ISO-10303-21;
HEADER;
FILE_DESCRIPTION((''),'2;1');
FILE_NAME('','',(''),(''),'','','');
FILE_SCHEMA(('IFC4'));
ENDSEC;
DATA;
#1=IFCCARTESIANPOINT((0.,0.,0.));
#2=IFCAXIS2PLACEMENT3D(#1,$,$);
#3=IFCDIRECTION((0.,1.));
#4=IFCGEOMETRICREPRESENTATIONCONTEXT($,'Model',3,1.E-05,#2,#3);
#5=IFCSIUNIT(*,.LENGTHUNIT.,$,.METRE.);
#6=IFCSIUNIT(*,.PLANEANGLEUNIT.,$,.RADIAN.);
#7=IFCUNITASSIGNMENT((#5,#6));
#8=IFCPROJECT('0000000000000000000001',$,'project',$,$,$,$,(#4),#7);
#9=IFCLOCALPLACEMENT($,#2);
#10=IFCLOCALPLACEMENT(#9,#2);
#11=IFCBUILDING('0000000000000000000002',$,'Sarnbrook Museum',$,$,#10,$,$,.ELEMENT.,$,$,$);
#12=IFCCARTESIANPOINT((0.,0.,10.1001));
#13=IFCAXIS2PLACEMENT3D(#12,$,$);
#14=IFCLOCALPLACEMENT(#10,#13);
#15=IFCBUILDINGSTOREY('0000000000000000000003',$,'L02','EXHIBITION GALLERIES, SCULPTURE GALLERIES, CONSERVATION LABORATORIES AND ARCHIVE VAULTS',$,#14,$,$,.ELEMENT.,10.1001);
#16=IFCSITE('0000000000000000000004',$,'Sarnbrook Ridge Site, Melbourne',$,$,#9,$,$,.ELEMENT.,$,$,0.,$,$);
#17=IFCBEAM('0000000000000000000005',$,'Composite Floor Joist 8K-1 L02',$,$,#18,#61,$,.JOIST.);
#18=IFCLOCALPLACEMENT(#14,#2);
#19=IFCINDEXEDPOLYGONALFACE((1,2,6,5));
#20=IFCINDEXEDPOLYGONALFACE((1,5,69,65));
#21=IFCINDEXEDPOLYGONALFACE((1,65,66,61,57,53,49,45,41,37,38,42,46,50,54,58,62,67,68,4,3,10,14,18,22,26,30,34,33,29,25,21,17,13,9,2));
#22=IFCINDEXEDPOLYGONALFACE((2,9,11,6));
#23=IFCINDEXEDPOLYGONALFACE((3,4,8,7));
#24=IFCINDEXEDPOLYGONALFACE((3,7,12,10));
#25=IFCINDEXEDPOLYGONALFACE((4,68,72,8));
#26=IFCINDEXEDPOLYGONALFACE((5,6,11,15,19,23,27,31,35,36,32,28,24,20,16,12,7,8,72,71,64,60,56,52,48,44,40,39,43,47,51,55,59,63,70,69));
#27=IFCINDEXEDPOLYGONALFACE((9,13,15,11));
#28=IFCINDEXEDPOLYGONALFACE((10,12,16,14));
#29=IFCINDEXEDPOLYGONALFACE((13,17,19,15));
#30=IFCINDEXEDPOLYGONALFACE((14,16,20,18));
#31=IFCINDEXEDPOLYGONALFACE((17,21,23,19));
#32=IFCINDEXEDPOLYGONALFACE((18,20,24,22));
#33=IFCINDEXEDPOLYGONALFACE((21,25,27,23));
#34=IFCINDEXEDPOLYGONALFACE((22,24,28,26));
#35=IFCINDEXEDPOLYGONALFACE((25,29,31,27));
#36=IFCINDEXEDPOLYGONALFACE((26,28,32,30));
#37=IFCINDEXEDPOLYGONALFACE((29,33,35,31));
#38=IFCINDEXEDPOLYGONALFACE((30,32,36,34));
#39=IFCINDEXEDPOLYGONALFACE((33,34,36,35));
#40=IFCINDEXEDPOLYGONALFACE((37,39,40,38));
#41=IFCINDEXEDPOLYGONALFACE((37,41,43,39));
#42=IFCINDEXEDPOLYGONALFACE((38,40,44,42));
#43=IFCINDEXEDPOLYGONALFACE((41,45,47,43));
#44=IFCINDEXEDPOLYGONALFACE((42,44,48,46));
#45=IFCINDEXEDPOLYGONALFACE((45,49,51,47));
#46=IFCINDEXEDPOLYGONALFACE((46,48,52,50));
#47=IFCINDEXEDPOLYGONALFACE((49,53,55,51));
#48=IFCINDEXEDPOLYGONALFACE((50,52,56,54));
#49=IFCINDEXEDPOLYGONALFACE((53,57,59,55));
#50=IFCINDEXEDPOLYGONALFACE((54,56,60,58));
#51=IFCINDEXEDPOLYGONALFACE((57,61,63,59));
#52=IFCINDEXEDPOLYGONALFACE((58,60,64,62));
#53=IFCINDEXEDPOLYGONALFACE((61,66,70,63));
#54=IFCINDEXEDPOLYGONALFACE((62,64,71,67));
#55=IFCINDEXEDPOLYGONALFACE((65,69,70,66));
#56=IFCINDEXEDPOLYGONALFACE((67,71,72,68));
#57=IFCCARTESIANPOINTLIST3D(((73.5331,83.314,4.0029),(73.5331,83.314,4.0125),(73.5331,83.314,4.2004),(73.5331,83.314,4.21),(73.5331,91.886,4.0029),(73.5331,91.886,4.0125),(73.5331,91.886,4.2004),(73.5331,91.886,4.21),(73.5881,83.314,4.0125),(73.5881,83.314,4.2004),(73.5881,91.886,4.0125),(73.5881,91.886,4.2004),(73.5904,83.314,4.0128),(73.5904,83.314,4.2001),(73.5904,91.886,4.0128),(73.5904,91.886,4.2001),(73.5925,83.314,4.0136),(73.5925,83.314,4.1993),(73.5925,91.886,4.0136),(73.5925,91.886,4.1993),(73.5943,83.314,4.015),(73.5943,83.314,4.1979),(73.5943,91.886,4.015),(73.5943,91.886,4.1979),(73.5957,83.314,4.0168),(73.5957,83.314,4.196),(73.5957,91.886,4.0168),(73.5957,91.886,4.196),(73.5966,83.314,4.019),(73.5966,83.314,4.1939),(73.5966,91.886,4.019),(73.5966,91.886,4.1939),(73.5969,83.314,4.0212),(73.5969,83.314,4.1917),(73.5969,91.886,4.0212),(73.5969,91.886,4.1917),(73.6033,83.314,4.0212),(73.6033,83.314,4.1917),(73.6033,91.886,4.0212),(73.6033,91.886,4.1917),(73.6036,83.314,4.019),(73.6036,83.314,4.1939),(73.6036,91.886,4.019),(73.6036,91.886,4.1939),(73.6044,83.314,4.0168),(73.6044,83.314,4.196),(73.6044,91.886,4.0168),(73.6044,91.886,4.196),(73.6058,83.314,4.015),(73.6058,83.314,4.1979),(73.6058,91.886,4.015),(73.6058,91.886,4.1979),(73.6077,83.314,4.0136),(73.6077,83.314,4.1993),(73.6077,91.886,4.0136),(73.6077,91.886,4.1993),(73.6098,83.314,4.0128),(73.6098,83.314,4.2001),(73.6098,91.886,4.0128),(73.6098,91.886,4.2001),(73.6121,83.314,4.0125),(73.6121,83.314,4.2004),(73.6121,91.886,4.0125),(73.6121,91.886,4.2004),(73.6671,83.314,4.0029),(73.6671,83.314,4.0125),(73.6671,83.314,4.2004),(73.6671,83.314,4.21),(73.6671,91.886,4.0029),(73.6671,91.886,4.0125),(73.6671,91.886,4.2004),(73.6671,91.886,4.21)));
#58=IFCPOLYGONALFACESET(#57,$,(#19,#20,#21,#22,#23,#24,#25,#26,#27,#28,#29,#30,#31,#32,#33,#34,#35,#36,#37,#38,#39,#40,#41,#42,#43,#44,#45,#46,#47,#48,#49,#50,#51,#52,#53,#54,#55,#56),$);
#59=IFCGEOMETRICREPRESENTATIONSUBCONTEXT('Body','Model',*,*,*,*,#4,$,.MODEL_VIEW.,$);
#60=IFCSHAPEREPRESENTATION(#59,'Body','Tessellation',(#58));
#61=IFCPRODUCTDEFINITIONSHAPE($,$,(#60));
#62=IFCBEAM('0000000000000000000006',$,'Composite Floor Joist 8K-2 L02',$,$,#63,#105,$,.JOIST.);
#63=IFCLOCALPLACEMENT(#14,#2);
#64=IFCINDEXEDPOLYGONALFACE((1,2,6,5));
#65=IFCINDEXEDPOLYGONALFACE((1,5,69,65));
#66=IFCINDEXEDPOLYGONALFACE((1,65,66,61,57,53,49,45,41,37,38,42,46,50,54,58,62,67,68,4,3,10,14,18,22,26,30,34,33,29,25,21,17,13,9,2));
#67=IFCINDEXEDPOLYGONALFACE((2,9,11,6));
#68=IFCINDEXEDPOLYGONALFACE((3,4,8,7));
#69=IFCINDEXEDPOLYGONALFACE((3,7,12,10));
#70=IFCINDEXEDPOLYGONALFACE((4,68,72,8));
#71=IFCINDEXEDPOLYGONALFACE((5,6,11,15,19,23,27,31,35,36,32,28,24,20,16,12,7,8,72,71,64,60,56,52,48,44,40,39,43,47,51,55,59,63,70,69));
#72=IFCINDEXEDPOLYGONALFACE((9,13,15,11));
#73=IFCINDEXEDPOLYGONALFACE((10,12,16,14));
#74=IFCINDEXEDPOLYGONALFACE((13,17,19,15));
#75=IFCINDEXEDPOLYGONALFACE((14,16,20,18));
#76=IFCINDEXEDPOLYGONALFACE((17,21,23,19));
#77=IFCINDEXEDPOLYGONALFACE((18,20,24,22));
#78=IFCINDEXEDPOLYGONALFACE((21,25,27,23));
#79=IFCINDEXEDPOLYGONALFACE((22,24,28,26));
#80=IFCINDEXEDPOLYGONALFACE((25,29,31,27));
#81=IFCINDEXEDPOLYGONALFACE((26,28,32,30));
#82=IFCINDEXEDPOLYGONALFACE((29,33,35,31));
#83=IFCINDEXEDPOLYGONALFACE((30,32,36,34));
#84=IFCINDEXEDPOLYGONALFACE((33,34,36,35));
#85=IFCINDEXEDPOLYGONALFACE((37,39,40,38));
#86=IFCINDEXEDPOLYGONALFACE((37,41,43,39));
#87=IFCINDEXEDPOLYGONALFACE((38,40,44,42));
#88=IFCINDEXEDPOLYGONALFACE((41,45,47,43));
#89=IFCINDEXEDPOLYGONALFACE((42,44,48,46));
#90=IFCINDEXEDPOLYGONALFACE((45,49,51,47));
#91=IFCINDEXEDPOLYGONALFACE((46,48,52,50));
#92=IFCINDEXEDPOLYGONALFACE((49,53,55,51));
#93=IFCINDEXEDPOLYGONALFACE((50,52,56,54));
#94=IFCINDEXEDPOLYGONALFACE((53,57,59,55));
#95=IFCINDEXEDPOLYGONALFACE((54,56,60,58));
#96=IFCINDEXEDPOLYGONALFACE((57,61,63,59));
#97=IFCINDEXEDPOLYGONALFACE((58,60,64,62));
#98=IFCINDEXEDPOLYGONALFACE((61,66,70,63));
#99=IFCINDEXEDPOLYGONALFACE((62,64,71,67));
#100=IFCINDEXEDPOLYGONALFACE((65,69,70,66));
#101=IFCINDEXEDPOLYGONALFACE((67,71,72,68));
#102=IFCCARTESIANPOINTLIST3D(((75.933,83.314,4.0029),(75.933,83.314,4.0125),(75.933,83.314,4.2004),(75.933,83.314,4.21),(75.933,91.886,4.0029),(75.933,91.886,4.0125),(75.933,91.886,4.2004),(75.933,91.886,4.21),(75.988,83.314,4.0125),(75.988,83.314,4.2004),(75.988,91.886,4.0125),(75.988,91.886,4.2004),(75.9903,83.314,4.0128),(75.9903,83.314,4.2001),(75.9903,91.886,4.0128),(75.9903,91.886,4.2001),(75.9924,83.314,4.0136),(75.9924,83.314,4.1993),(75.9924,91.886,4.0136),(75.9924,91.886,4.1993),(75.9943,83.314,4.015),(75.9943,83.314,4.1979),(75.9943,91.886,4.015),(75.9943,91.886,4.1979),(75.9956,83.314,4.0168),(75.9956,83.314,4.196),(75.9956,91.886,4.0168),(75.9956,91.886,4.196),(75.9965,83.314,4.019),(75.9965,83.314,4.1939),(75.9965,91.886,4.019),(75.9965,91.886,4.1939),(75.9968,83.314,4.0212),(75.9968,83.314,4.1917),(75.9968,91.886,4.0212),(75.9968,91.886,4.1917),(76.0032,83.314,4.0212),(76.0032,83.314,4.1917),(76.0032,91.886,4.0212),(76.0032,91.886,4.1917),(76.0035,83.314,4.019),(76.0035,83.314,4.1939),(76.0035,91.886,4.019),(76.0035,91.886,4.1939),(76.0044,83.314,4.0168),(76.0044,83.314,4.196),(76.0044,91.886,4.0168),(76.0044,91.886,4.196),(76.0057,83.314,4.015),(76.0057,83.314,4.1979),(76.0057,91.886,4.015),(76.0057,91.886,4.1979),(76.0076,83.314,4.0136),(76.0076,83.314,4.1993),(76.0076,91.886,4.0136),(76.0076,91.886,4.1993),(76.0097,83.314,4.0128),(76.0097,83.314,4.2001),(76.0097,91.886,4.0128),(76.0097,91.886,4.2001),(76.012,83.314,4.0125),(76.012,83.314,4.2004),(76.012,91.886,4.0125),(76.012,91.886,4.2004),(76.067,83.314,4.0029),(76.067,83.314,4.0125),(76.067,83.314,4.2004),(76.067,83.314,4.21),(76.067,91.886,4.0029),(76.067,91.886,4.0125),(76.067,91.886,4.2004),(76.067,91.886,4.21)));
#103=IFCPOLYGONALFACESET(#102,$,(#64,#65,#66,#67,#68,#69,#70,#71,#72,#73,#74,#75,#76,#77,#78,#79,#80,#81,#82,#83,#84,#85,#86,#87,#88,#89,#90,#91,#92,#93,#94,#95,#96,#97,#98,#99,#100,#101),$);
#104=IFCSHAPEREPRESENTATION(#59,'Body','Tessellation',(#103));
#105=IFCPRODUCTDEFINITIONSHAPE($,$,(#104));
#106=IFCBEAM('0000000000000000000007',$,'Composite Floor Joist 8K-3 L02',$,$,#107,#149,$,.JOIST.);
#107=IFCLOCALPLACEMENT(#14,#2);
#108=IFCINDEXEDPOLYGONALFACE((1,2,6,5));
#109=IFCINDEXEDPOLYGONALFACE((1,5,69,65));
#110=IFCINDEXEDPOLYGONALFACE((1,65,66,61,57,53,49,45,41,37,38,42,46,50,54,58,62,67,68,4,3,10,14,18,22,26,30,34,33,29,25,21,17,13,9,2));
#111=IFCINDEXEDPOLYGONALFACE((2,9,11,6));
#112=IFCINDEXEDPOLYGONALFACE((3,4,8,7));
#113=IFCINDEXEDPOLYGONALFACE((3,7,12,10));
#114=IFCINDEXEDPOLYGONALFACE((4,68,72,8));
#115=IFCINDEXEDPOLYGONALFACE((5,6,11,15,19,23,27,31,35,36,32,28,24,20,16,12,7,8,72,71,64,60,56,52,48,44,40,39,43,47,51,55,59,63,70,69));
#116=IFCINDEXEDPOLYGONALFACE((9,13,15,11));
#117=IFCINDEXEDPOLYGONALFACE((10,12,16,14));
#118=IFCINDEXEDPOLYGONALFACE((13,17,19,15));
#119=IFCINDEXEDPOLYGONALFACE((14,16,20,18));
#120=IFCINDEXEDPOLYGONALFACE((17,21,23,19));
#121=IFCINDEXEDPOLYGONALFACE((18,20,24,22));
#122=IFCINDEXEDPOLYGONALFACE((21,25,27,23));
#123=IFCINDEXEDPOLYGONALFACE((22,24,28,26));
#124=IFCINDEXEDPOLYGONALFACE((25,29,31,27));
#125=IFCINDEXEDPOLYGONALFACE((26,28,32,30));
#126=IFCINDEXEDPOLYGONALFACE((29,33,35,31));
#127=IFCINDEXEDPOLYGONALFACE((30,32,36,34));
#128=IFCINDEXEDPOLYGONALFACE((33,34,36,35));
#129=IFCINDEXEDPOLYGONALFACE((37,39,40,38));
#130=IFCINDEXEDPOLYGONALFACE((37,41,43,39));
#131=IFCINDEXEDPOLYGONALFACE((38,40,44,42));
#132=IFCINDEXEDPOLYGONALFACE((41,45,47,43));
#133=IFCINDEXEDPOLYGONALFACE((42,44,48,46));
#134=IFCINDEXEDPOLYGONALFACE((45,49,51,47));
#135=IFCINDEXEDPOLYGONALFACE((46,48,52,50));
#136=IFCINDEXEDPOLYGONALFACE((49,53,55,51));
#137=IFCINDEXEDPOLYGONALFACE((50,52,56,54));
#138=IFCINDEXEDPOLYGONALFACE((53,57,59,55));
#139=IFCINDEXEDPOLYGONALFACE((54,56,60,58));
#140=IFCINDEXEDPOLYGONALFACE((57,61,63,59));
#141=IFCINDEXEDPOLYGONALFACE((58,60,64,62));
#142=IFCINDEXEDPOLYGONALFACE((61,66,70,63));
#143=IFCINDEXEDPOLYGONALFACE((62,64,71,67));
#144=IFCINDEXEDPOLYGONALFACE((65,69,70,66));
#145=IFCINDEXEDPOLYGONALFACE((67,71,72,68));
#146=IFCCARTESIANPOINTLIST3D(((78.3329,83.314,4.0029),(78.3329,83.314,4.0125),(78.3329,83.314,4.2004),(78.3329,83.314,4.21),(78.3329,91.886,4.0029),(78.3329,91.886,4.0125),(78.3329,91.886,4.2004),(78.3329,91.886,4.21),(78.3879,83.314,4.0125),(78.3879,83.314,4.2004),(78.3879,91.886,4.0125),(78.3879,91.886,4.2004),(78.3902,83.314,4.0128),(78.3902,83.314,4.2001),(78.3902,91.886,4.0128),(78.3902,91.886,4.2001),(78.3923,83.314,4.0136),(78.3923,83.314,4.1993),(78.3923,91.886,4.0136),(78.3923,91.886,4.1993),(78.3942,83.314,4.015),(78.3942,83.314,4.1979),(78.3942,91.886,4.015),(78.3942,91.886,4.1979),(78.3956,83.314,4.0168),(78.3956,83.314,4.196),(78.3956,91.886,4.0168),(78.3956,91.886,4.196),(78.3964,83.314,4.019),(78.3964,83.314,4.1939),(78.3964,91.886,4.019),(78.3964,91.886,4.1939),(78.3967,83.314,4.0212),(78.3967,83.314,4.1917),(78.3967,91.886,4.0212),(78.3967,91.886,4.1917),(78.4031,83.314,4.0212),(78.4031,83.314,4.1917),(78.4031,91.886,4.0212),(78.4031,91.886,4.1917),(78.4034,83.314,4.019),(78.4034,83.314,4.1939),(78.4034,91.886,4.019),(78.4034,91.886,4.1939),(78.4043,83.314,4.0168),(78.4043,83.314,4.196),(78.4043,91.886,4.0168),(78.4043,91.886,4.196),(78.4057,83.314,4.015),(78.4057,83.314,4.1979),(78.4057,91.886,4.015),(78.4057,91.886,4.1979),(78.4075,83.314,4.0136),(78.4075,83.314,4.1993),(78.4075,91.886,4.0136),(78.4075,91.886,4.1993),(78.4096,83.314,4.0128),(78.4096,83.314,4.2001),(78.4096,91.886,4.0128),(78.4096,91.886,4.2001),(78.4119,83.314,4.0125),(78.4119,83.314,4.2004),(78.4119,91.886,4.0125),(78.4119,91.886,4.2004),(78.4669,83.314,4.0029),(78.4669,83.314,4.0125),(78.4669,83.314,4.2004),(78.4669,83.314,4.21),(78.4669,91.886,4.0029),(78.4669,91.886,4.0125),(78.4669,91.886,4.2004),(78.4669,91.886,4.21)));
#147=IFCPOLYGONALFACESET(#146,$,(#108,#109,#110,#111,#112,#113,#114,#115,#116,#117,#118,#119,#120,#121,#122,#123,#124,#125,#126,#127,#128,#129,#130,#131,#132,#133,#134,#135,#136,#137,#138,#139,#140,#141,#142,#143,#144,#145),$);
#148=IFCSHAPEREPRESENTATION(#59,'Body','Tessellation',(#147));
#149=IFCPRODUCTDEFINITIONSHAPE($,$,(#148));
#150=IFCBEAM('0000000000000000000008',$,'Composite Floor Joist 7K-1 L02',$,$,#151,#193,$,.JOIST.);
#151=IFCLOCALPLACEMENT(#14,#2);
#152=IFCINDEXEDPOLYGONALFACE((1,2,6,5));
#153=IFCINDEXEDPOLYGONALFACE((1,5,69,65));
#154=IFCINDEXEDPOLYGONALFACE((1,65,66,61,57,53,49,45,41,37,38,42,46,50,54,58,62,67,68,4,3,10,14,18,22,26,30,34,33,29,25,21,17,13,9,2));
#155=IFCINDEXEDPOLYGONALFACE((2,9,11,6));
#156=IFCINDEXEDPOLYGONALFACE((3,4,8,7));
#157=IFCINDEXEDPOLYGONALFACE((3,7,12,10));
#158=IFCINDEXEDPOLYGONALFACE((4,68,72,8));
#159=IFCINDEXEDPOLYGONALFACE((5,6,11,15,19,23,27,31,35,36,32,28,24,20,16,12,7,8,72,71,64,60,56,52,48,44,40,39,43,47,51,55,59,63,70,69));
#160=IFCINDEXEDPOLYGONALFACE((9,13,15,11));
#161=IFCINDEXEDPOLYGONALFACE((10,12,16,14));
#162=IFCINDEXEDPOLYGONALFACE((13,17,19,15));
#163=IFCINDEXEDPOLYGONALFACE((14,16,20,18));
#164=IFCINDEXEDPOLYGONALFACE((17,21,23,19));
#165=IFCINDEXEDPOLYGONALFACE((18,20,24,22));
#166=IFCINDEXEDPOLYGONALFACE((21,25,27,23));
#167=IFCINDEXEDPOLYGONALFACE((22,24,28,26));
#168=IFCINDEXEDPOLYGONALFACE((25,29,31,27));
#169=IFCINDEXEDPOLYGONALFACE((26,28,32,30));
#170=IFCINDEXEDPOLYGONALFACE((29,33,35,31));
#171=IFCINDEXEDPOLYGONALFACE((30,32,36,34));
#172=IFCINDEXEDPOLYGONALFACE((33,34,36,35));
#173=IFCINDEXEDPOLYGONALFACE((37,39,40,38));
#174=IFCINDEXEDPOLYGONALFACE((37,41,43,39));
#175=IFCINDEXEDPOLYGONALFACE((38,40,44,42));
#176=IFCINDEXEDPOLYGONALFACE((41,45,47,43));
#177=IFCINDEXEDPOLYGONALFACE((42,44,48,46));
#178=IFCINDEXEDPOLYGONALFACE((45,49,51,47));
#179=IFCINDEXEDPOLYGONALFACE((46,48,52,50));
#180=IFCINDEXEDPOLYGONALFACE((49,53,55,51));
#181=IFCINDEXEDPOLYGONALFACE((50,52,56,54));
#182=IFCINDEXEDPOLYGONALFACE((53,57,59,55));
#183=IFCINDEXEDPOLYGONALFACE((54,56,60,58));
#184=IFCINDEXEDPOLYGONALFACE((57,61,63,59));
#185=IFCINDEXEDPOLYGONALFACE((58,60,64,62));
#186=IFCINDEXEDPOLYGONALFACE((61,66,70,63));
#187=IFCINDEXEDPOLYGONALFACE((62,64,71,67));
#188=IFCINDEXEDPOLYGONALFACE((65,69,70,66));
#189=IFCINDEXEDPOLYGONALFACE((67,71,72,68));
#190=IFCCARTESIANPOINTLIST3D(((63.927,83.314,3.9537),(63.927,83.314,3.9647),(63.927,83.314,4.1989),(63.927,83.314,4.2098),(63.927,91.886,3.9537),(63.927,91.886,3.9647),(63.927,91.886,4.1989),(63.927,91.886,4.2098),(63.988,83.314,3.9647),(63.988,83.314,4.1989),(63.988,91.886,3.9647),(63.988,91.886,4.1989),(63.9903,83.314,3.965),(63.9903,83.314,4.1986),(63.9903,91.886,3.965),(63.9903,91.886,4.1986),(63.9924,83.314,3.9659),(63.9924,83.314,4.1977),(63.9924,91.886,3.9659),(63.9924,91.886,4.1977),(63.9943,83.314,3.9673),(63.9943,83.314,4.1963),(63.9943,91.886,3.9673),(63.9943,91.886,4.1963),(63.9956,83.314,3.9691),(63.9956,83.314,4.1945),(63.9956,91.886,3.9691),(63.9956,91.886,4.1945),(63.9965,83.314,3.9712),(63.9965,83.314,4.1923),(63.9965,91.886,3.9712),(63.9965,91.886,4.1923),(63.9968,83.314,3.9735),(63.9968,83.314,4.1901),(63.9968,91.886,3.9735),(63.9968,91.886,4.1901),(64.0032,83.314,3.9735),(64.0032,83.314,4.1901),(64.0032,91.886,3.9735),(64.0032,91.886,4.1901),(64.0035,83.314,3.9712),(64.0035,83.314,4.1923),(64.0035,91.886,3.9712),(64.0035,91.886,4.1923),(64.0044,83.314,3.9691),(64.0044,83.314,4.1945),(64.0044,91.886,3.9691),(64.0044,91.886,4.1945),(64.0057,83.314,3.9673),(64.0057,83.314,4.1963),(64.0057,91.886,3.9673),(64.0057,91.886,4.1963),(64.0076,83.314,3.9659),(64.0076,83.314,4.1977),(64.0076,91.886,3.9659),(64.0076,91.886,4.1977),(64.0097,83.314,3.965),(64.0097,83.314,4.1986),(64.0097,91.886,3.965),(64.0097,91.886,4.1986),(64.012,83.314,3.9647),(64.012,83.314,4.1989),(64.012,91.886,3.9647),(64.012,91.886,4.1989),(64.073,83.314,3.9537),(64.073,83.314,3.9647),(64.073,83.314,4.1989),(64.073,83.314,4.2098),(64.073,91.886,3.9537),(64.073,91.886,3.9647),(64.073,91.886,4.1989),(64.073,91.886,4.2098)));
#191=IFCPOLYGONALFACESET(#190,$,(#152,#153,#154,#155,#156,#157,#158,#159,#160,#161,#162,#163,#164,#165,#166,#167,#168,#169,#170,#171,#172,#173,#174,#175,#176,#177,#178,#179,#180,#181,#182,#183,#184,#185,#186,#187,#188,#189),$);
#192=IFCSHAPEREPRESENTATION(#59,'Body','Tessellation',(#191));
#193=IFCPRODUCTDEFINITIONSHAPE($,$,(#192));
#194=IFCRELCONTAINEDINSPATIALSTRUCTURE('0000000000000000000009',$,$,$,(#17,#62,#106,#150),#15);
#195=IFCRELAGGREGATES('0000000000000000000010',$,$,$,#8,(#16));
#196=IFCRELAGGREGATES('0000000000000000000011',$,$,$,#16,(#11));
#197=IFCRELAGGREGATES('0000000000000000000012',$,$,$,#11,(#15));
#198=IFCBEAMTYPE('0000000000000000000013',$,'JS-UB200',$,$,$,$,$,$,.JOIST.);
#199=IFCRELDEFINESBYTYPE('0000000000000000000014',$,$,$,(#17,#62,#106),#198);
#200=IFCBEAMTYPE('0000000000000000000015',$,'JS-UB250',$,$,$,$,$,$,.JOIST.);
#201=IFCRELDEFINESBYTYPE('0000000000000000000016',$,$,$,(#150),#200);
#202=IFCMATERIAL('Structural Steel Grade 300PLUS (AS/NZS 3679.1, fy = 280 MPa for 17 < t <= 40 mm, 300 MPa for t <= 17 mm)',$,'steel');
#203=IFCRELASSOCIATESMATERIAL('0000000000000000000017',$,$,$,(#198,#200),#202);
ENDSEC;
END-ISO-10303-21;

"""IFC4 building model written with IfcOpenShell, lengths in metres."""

from ifc_helpers import new_model, si_unit, direction, frame, origin, origin_2d, place, context, subcontext, project, spatial, i_section, extrude, material, material_profile, profile_set, type_object, element, save


model = new_model("IFC4")

# Units and contexts
model_context = context("Model", 3, precision=1e-05, world=origin(), true_north=direction((0.0, 1.0)))
body_context = subcontext(model_context, "Body", "Model", "MODEL_VIEW")
ifc_project = project(units=[si_unit("LENGTHUNIT", "METRE"), si_unit("PLANEANGLEUNIT", "RADIAN")], contexts=[model_context])

# Site, building, storey
site_placement = place(None, origin())
site = spatial("IfcSite", under=ifc_project, at=site_placement, Name="Sarnbrook Ridge Site, Melbourne", CompositionType="ELEMENT", RefElevation=0.0)
building_placement = place(site_placement, origin())
building = spatial("IfcBuilding", under=site, at=building_placement, Name="Sarnbrook Museum", CompositionType="ELEMENT")
storey_placement = place(building_placement, frame((0.0, 0.0, 10.1001)))
storey = spatial("IfcBuildingStorey", under=building, at=storey_placement, Name="L02", Description="EXHIBITION GALLERIES, SCULPTURE GALLERIES, CONSERVATION LABORATORIES AND ARCHIVE VAULTS", CompositionType="ELEMENT", Elevation=10.1001)

# Beams
ifc_material_1 = material(Name="Structural Steel Grade 300PLUS (AS/NZS 3679.1, fy = 280 MPa for 17 < t <= 40 mm, 300 MPa for t <= 17 mm)", Category="steel")
ifc_material_profile_1 = material_profile(ifc_material_1, i_section(OverallWidth=0.134, OverallDepth=0.207, WebThickness=0.0063, FlangeThickness=0.0095, FilletRadius=0.0088, at=origin_2d()), Name="200UB29.8")
ifc_profile_set_1 = profile_set([ifc_material_profile_1], Name="Structural Steel Grade 300PLUS (AS/NZS 3679.1, fy = 280 MPa for 17 < t <= 40 mm, 300 MPa for t <= 17 mm)")
beam_type_1 = type_object("IfcBeamType", Name="JS-UB200", PredefinedType="JOIST", material=ifc_profile_set_1)
for number, where, z_axis, x_axis, name in (
    (1, (73.6001, 83.314, 4.1064), (0.0, 1.0, 0.0), (-1.0, 0.0, 0.0), "Composite Floor Joist 8K-1 L02"),
    (2, (76.0, 83.314, 4.1064), (0.0, 1.0, 0.0), (-1.0, 0.0, 0.0), "Composite Floor Joist 8K-2 L02"),
    (3, (78.3999, 83.314, 4.1064), (0.0, 1.0, 0.0), (-1.0, 0.0, 0.0), "Composite Floor Joist 8K-3 L02"),
):
    element("IfcBeam", number, at=place(storey_placement, frame(where, z_axis=z_axis, x_axis=x_axis)), inside=storey, type_object=beam_type_1, Name=name, PredefinedType="JOIST", context=body_context, shape_type="SweptSolid", body=[
        extrude(i_section(OverallWidth=0.134, OverallDepth=0.207, WebThickness=0.0063, FlangeThickness=0.0095, FilletRadius=0.0088, at=origin_2d()), origin(), (0.0, 0.0, 1.0), 8.572),
    ])
ifc_material_profile_2 = material_profile(ifc_material_1, i_section(OverallWidth=0.146, OverallDepth=0.2561, WebThickness=0.0063, FlangeThickness=0.011, FilletRadius=0.0088, at=origin_2d()), Name="250UB37.3")
ifc_profile_set_2 = profile_set([ifc_material_profile_2], Name="Structural Steel Grade 300PLUS (AS/NZS 3679.1, fy = 280 MPa for 17 < t <= 40 mm, 300 MPa for t <= 17 mm)")
beam_type_2 = type_object("IfcBeamType", Name="JS-UB250", PredefinedType="JOIST", material=ifc_profile_set_2)
for number, where, z_axis, x_axis, name in (
    (4, (64.0, 83.314, 4.0818), (0.0, 1.0, 0.0), (-1.0, 0.0, 0.0), "Composite Floor Joist 7K-1 L02"),
):
    element("IfcBeam", number, at=place(storey_placement, frame(where, z_axis=z_axis, x_axis=x_axis)), inside=storey, type_object=beam_type_2, Name=name, PredefinedType="JOIST", context=body_context, shape_type="SweptSolid", body=[
        extrude(i_section(OverallWidth=0.146, OverallDepth=0.2561, WebThickness=0.0063, FlangeThickness=0.011, FilletRadius=0.0088, at=origin_2d()), origin(), (0.0, 0.0, 1.0), 8.572),
    ])

save(model, "model.ifc")
